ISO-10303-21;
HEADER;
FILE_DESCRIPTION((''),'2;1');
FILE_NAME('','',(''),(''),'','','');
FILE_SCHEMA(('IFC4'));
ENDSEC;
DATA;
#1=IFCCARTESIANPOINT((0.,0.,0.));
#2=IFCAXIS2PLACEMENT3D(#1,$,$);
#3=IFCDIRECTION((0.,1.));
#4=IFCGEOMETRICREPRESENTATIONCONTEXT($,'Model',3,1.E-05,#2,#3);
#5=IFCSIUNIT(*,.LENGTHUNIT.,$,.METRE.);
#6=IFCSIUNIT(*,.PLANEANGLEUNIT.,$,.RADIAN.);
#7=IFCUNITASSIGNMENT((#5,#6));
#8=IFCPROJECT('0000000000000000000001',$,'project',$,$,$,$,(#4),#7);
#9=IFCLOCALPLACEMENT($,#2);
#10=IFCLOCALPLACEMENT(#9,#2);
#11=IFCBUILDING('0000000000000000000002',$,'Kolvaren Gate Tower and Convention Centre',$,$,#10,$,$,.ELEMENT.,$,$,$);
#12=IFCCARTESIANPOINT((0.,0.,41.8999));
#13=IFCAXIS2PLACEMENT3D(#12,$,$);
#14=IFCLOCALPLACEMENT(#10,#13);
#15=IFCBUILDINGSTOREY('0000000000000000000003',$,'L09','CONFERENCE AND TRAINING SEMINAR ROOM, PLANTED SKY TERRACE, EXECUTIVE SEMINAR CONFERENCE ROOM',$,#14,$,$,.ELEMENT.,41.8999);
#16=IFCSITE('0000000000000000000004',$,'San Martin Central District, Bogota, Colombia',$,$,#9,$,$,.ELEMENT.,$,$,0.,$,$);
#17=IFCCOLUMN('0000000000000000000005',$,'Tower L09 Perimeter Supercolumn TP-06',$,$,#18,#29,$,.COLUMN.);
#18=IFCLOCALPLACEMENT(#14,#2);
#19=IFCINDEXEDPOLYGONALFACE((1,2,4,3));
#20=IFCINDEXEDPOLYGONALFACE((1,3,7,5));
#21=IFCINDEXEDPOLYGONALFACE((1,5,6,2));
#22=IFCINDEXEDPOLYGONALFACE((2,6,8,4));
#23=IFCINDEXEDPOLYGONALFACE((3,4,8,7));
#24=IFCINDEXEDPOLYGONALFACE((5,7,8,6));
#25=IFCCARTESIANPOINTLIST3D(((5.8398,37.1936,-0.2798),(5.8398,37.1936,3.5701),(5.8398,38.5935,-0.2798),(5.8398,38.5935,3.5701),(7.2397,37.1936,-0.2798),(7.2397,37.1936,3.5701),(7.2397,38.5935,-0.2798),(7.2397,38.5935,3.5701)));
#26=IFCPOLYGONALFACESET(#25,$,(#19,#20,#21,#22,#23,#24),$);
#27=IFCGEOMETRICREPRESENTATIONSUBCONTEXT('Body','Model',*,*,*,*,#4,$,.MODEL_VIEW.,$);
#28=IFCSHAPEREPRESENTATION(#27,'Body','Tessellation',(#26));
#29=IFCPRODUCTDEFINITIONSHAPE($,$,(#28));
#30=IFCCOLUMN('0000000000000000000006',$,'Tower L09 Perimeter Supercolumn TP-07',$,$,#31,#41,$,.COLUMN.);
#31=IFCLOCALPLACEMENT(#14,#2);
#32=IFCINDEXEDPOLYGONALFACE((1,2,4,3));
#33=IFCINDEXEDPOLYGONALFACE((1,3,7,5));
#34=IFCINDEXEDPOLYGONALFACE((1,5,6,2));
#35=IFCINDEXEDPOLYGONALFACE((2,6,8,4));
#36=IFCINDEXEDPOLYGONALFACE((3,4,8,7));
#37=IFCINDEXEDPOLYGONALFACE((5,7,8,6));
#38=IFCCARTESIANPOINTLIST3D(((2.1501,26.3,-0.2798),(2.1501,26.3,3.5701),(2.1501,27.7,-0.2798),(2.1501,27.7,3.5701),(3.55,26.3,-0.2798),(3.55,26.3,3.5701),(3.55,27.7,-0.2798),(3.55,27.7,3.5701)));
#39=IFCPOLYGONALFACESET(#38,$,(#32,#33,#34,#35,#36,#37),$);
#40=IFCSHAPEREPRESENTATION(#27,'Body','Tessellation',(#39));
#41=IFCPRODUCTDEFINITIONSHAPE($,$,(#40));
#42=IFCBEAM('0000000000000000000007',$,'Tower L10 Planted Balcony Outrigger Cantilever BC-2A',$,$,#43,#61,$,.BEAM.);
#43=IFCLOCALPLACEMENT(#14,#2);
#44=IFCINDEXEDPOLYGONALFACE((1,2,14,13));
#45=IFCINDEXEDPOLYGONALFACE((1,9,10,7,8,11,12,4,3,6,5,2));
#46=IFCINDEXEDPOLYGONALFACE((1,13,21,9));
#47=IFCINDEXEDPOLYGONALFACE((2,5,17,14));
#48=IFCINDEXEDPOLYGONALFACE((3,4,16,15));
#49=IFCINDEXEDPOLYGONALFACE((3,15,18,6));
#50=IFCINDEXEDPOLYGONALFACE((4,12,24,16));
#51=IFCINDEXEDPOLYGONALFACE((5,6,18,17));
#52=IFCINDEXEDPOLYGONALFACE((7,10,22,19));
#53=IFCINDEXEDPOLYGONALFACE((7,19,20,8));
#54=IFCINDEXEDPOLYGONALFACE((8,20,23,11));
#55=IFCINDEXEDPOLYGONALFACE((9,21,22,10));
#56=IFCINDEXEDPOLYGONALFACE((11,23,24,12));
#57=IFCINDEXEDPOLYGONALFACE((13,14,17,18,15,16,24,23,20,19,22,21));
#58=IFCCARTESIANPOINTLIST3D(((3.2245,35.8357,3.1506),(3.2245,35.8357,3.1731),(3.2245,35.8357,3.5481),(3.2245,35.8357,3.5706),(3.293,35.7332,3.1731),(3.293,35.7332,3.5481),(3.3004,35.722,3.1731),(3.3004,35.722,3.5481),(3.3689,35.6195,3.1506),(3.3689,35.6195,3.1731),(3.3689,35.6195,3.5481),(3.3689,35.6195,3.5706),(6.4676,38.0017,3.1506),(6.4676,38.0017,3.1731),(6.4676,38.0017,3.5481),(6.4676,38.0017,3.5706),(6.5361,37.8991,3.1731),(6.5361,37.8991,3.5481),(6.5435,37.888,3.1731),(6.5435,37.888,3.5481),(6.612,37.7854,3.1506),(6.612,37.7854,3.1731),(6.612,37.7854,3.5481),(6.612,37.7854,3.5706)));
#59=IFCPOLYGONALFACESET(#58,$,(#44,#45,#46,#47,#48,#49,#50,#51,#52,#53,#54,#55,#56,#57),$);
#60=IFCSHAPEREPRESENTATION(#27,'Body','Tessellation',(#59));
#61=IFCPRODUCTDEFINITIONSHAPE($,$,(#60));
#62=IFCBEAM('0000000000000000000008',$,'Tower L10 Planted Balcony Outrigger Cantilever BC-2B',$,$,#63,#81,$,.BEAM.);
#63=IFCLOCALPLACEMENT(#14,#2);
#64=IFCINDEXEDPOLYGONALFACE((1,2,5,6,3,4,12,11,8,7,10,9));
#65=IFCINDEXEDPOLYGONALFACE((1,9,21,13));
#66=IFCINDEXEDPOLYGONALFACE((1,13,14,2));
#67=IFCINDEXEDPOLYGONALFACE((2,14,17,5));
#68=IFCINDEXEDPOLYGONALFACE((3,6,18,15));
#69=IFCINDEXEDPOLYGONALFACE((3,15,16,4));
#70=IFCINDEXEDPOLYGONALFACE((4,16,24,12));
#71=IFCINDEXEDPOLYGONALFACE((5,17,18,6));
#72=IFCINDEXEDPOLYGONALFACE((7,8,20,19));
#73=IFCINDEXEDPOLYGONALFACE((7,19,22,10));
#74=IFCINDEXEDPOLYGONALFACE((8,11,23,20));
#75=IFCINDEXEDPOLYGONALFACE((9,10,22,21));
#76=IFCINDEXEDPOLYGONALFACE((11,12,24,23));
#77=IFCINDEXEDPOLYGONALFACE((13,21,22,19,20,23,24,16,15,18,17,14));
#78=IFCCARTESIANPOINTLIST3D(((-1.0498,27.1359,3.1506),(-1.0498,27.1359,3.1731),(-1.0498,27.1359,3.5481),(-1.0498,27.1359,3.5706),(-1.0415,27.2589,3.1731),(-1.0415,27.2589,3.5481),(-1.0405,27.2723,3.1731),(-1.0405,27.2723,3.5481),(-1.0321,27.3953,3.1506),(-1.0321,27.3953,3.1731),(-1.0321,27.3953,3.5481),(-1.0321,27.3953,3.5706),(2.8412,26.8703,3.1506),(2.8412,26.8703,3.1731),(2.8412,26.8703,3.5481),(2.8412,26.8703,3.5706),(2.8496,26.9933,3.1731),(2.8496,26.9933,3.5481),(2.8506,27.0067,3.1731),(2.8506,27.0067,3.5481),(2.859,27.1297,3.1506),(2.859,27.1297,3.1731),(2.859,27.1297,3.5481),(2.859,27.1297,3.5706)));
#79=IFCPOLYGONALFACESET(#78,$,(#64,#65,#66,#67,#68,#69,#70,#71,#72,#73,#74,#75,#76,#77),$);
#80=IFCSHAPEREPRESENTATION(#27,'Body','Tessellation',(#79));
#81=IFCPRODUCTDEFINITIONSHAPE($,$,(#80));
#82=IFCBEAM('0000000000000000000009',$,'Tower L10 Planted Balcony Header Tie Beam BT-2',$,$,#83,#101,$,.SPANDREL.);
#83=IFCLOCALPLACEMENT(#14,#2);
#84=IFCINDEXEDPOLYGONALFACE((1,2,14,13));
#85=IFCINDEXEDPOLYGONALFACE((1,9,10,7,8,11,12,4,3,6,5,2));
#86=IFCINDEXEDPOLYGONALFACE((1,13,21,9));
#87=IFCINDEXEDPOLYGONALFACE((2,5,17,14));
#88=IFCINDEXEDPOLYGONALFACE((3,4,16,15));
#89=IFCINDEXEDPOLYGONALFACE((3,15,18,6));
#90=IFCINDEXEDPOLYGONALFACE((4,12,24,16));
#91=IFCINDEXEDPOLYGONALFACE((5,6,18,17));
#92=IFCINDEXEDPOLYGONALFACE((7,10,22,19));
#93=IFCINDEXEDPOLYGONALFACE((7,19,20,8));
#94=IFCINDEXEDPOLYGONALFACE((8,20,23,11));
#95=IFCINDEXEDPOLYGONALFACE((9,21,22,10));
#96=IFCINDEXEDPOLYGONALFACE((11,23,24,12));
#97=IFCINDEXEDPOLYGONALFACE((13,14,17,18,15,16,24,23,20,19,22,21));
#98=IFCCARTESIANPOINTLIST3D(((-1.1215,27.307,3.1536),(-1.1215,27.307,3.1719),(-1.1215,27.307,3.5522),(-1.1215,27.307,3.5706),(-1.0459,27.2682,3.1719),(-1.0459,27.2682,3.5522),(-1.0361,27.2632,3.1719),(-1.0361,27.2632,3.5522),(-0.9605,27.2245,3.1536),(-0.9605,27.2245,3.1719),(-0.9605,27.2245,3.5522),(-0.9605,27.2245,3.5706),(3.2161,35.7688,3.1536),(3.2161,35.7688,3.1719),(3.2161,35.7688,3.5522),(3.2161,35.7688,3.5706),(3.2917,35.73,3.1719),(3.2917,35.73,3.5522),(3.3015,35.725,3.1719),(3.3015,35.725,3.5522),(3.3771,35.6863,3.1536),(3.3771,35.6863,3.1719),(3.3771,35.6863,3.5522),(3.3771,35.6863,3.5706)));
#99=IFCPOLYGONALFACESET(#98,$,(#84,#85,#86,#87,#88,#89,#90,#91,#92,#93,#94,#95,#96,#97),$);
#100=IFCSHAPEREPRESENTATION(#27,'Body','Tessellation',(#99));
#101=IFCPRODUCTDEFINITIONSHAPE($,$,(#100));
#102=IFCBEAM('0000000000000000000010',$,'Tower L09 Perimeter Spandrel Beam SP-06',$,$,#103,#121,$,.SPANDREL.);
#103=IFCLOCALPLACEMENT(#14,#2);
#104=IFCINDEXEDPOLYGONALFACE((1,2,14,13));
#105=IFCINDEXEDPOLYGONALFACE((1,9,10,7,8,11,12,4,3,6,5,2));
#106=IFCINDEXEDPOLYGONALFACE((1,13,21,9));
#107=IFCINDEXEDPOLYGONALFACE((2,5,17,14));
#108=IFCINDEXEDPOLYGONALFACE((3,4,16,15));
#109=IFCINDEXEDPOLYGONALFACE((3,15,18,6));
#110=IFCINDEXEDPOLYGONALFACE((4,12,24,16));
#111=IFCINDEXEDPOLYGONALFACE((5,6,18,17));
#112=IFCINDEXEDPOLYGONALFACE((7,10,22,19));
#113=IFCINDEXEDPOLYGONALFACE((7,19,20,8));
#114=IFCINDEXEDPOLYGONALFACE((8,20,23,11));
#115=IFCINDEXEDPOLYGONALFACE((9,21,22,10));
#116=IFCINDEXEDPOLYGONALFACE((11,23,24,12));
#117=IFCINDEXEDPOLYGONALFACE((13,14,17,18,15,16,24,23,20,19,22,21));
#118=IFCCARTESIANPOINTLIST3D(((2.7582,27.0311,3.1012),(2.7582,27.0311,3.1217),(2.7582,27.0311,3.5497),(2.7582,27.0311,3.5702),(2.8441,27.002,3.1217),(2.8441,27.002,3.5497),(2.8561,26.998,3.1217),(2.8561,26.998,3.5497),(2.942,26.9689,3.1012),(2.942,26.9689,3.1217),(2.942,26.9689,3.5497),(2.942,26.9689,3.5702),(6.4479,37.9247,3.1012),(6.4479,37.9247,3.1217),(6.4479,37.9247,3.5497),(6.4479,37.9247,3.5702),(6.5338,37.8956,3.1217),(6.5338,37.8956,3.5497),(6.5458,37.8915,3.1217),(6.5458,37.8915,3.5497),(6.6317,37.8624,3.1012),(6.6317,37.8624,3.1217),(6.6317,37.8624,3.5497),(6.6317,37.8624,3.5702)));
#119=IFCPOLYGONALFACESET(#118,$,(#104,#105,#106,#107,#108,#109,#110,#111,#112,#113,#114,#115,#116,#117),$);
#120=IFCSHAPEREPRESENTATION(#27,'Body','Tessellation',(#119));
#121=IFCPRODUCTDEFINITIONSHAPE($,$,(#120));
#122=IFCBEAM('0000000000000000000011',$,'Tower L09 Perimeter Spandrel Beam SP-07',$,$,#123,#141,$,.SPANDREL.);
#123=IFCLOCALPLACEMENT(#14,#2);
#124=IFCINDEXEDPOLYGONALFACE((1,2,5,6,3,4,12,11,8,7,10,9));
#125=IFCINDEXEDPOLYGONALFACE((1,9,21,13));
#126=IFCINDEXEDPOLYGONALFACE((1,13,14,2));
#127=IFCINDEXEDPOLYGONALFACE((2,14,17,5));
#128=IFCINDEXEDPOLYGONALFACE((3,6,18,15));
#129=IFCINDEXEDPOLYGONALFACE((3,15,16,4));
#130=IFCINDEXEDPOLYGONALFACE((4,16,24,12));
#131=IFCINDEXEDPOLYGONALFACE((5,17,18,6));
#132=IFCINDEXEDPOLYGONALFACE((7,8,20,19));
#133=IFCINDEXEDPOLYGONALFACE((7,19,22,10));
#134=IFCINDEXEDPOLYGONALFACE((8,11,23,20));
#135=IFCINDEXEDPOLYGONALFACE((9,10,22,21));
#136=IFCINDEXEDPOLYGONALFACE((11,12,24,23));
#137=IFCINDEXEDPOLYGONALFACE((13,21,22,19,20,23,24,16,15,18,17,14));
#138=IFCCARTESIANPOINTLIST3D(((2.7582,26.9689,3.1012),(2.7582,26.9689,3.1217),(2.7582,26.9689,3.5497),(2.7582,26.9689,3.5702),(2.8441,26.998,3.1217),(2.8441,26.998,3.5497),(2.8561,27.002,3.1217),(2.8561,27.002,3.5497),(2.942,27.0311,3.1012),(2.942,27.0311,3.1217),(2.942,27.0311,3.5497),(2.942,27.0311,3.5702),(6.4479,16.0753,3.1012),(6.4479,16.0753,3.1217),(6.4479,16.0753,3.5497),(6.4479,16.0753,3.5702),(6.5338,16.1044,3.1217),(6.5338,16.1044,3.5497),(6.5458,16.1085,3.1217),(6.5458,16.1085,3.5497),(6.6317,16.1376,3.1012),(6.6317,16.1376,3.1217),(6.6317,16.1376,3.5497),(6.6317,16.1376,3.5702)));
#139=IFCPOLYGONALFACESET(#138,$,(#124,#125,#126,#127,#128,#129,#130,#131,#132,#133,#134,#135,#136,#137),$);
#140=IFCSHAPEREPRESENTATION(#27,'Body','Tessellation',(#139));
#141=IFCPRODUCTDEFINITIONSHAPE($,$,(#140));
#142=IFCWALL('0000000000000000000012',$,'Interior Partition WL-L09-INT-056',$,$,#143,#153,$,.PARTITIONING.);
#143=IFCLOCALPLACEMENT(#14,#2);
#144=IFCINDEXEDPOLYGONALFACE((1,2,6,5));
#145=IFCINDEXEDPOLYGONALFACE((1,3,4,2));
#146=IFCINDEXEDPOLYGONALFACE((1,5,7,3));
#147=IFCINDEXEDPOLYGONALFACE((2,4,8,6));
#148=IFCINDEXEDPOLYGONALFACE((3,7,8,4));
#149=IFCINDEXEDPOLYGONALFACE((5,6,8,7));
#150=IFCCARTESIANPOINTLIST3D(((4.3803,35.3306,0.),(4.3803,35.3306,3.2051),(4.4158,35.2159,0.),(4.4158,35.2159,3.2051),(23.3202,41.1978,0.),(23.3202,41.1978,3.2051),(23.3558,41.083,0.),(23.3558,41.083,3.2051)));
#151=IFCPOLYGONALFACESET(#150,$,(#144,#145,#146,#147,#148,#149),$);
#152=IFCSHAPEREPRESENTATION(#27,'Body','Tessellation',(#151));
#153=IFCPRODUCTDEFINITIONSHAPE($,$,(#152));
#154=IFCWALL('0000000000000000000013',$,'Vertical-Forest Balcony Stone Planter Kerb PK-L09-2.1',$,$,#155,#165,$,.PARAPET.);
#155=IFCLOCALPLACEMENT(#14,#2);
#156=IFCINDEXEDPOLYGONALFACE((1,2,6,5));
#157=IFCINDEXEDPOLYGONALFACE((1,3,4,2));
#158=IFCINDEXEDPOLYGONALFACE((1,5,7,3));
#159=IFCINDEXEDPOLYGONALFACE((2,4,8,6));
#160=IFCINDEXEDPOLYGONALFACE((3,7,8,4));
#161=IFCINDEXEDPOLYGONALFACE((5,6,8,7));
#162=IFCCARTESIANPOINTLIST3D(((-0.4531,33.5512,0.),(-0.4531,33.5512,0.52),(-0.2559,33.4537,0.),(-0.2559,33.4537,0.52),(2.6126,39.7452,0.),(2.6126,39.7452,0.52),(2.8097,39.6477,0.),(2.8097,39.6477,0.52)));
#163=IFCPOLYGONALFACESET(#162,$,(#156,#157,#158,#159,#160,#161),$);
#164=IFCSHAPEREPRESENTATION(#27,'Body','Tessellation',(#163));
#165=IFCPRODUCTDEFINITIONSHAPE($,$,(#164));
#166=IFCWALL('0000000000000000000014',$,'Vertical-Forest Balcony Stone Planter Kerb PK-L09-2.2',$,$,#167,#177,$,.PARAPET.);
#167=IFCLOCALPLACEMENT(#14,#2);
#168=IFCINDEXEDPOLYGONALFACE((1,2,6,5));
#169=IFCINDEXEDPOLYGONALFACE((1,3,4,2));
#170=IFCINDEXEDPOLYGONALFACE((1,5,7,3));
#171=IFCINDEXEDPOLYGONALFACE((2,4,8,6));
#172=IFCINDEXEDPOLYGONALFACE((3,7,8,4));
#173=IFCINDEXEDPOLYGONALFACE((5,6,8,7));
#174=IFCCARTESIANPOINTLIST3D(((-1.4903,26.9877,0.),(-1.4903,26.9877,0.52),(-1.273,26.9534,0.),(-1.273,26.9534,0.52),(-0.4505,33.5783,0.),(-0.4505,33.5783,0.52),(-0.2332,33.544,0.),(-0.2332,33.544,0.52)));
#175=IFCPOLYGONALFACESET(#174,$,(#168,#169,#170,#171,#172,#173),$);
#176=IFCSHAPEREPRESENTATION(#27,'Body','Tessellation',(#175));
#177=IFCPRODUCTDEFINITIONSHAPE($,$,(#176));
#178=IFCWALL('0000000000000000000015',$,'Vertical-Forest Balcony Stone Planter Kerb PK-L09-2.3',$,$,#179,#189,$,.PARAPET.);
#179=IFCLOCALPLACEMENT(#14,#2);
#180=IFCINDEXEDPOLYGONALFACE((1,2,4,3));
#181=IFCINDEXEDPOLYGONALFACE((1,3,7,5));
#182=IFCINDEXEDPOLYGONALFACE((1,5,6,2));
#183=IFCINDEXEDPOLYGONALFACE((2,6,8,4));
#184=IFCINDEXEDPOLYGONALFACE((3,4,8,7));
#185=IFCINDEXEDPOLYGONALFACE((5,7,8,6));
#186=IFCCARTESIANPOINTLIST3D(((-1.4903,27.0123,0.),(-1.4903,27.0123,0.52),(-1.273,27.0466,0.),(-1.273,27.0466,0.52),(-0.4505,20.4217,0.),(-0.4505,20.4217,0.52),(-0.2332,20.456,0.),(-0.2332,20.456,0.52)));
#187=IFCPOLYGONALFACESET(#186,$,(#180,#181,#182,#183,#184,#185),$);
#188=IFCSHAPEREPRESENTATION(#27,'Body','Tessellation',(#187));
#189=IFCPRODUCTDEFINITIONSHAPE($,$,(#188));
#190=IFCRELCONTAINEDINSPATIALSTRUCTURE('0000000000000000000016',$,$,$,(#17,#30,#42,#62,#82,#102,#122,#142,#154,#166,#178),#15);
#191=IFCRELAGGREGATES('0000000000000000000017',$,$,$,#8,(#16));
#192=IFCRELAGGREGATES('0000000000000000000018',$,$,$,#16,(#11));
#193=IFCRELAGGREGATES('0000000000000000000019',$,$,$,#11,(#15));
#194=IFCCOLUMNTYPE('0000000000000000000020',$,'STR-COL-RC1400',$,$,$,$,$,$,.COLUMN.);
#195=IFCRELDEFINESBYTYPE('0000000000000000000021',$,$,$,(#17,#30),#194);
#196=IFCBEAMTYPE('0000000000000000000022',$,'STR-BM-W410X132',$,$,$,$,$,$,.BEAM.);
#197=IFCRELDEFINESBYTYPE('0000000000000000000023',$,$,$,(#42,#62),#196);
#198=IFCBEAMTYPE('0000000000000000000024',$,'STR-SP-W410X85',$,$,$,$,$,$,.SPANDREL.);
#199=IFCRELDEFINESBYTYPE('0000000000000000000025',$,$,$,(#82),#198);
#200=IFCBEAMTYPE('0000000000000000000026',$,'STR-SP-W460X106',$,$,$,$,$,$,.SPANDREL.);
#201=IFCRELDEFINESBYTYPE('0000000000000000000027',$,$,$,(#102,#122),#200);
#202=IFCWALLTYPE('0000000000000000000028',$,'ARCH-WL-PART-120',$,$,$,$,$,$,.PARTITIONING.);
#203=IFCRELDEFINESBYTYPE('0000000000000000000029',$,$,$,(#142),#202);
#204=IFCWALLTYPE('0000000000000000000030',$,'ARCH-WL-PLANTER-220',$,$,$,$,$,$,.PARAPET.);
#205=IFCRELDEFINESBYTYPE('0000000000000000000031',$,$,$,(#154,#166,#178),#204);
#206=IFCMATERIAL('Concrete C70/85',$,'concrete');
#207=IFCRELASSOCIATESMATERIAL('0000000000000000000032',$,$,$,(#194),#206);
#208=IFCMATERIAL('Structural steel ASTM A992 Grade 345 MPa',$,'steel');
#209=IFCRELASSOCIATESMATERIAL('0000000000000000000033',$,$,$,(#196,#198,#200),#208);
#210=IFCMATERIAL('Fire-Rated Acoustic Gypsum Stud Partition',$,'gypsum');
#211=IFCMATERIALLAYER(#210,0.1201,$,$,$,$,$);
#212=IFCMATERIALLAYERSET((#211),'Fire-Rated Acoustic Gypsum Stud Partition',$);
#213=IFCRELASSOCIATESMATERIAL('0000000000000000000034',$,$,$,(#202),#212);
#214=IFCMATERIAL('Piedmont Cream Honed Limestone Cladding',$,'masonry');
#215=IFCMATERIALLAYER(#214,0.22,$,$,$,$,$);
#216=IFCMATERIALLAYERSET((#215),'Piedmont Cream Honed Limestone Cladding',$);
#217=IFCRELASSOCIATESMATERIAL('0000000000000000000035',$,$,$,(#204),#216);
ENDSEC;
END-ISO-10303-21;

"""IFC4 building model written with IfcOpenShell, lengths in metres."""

from ifc_helpers import new_model, si_unit, direction, frame, frame_2d, origin, origin_2d, place, context, subcontext, project, spatial, rectangle, i_section, extrude, material, layer, layer_set, material_profile, profile_set, type_object, element, save


model = new_model("IFC4")

# Units and contexts
model_context = context("Model", 3, precision=1e-05, world=origin(), true_north=direction((0.0, 1.0)))
body_context = subcontext(model_context, "Body", "Model", "MODEL_VIEW")
ifc_project = project(units=[si_unit("LENGTHUNIT", "METRE"), si_unit("PLANEANGLEUNIT", "RADIAN")], contexts=[model_context])

# Site, building, storey
site_placement = place(None, origin())
site = spatial("IfcSite", under=ifc_project, at=site_placement, Name="San Martin Central District, Bogota, Colombia", CompositionType="ELEMENT", RefElevation=0.0)
building_placement = place(site_placement, origin())
building = spatial("IfcBuilding", under=site, at=building_placement, Name="Kolvaren Gate Tower and Convention Centre", CompositionType="ELEMENT")
storey_placement = place(building_placement, frame((0.0, 0.0, 41.8999)))
storey = spatial("IfcBuildingStorey", under=building, at=storey_placement, Name="L09", Description="CONFERENCE AND TRAINING SEMINAR ROOM, PLANTED SKY TERRACE, EXECUTIVE SEMINAR CONFERENCE ROOM", CompositionType="ELEMENT", Elevation=41.8999)

# Columns
ifc_material_1 = material(Name="Concrete C70/85", Category="concrete")
ifc_material_profile_1 = material_profile(ifc_material_1, rectangle(XDim=1.3999, YDim=1.3999, at=origin_2d()), Name="RC-COL-1400X1400")
ifc_profile_set_1 = profile_set([ifc_material_profile_1], Name="Concrete C70/85")
column_type = type_object("IfcColumnType", Name="STR-COL-RC1400", PredefinedType="COLUMN", material=ifc_profile_set_1)
for number, where, z_axis, x_axis, name in (
    (1, (6.5398, 37.8936, -0.2798), (0.0, 0.0, 1.0), (1.0, 0.0, 0.0), "Tower L09 Perimeter Supercolumn TP-06"),
    (2, (2.8501, 27.0, -0.2798), (0.0, 0.0, 1.0), (1.0, 0.0, 0.0), "Tower L09 Perimeter Supercolumn TP-07"),
):
    element("IfcColumn", number, at=place(storey_placement, frame(where, z_axis=z_axis, x_axis=x_axis)), inside=storey, type_object=column_type, Name=name, PredefinedType="COLUMN", context=body_context, shape_type="SweptSolid", body=[
        extrude(rectangle(XDim=1.3999, YDim=1.3999, at=origin_2d()), origin(), (0.0, 0.0, 1.0), 3.8499),
    ])

# Beams
ifc_material_2 = material(Name="Structural steel ASTM A992 Grade 345 MPa", Category="steel")
ifc_material_profile_2 = material_profile(ifc_material_2, i_section(OverallWidth=0.26, OverallDepth=0.4199, WebThickness=0.0134, FlangeThickness=0.0225, at=origin_2d()), Name="W410X132")
ifc_profile_set_2 = profile_set([ifc_material_profile_2], Name="Structural steel ASTM A992 Grade 345 MPa")
beam_type_1 = type_object("IfcBeamType", Name="STR-BM-W410X132", PredefinedType="BEAM", material=ifc_profile_set_2)
beam_1_placement = place(storey_placement, frame((6.5398, 37.8936, 3.3606), z_axis=(-0.831588, -0.555393, 0.0), x_axis=(0.555393, -0.831588, 0.0)))
element("IfcBeam", 3, at=beam_1_placement, inside=storey, type_object=beam_type_1, Name="Tower L10 Planted Balcony Outrigger Cantilever BC-2A", PredefinedType="BEAM", context=body_context, shape_type="SweptSolid", body=[
    extrude(i_section(OverallWidth=0.26, OverallDepth=0.4199, WebThickness=0.0134, FlangeThickness=0.0225, at=origin_2d()), origin(), (0.0, 0.0, 1.0), 3.8999),
])
beam_2_placement = place(storey_placement, frame((2.8501, 27.0, 3.3606), z_axis=(-0.997678, 0.068106, 0.0), x_axis=(-0.068106, -0.997678, 0.0)))
element("IfcBeam", 4, at=beam_2_placement, inside=storey, type_object=beam_type_1, Name="Tower L10 Planted Balcony Outrigger Cantilever BC-2B", PredefinedType="BEAM", context=body_context, shape_type="SweptSolid", body=[
    extrude(i_section(OverallWidth=0.26, OverallDepth=0.4199, WebThickness=0.0134, FlangeThickness=0.0225, at=origin_2d()), origin(), (0.0, 0.0, 1.0), 3.9001),
])
ifc_material_profile_3 = material_profile(ifc_material_2, i_section(OverallWidth=0.1809, OverallDepth=0.417, WebThickness=0.011, FlangeThickness=0.0183, at=origin_2d()), Name="W410X85")
ifc_profile_set_3 = profile_set([ifc_material_profile_3], Name="Structural steel ASTM A992 Grade 345 MPa")
beam_type_2 = type_object("IfcBeamType", Name="STR-SP-W410X85", PredefinedType="SPANDREL", material=ifc_profile_set_3)
beam_3_placement = place(storey_placement, frame((3.2966, 35.7275, 3.3621), z_axis=(-0.456167, -0.889894, 0.0), x_axis=(0.889894, -0.456167, 0.0)))
element("IfcBeam", 5, at=beam_3_placement, inside=storey, type_object=beam_type_2, Name="Tower L10 Planted Balcony Header Tie Beam BT-2", PredefinedType="SPANDREL", context=body_context, shape_type="SweptSolid", body=[
    extrude(i_section(OverallWidth=0.1809, OverallDepth=0.417, WebThickness=0.011, FlangeThickness=0.0183, at=origin_2d()), origin(), (0.0, 0.0, 1.0), 9.5088),
])
ifc_material_profile_4 = material_profile(ifc_material_2, i_section(OverallWidth=0.1941, OverallDepth=0.469, WebThickness=0.0127, FlangeThickness=0.0205, at=origin_2d()), Name="W460X106")
ifc_profile_set_4 = profile_set([ifc_material_profile_4], Name="Structural steel ASTM A992 Grade 345 MPa")
beam_type_3 = type_object("IfcBeamType", Name="STR-SP-W460X106", PredefinedType="SPANDREL", material=ifc_profile_set_4)
for number, where, z_axis, x_axis, name in (
    (6, (6.5398, 37.8936, 3.3357), (-0.320803, -0.947146, 0.0), (0.947146, -0.320803, 0.0), "Tower L09 Perimeter Spandrel Beam SP-06"),
    (7, (2.8501, 27.0, 3.3357), (0.320803, -0.947146, 0.0), (0.947146, 0.320803, 0.0), "Tower L09 Perimeter Spandrel Beam SP-07"),
):
    element("IfcBeam", number, at=place(storey_placement, frame(where, z_axis=z_axis, x_axis=x_axis)), inside=storey, type_object=beam_type_3, Name=name, PredefinedType="SPANDREL", context=body_context, shape_type="SweptSolid", body=[
        extrude(i_section(OverallWidth=0.1941, OverallDepth=0.469, WebThickness=0.0127, FlangeThickness=0.0205, at=origin_2d()), origin(), (0.0, 0.0, 1.0), 11.5015),
    ])

# Walls
ifc_material_3 = material(Name="Fire-Rated Acoustic Gypsum Stud Partition", Category="gypsum")
ifc_layer_1 = layer(ifc_material_3, 0.1201)
ifc_layer_set_1 = layer_set([ifc_layer_1], Name="Fire-Rated Acoustic Gypsum Stud Partition")
wall_type_1 = type_object("IfcWallType", Name="ARCH-WL-PART-120", PredefinedType="PARTITIONING", material=ifc_layer_set_1)
wall_1_placement = place(storey_placement, frame((4.3979, 35.2732, 0.0), z_axis=(0.0, 0.0, 1.0), x_axis=(0.955217, 0.295906, 0.0)))
element("IfcWall", 8, at=wall_1_placement, inside=storey, type_object=wall_type_1, Name="Interior Partition WL-L09-INT-056", PredefinedType="PARTITIONING", context=body_context, shape_type="SweptSolid", body=[
    extrude(rectangle(XDim=19.8279, YDim=0.1201, at=frame_2d((9.9141, 0.0))), origin(), (0.0, 0.0, 1.0), 3.2051),
])
ifc_material_4 = material(Name="Piedmont Cream Honed Limestone Cladding", Category="masonry")
ifc_layer_2 = layer(ifc_material_4, 0.22)
ifc_layer_set_2 = layer_set([ifc_layer_2], Name="Piedmont Cream Honed Limestone Cladding")
wall_type_2 = type_object("IfcWallType", Name="ARCH-WL-PLANTER-220", PredefinedType="PARAPET", material=ifc_layer_set_2)
wall_2_placement = place(storey_placement, frame((-0.3545, 33.5024, 0.0), z_axis=(0.0, 0.0, 1.0), x_axis=(0.443578, 0.896236, 0.0)))
element("IfcWall", 9, at=wall_2_placement, inside=storey, type_object=wall_type_2, Name="Vertical-Forest Balcony Stone Planter Kerb PK-L09-2.1", PredefinedType="PARAPET", context=body_context, shape_type="SweptSolid", body=[
    extrude(rectangle(XDim=6.9111, YDim=0.22, at=frame_2d((3.4556, 0.0))), origin(), (0.0, 0.0, 1.0), 0.52),
])
for number, where, z_axis, x_axis, name in (
    (10, (-1.3816, 26.9707, 0.0), (0.0, 0.0, 1.0), (0.155842, 0.987782, 0.0), "Vertical-Forest Balcony Stone Planter Kerb PK-L09-2.2"),
    (11, (-1.3816, 27.0293, 0.0), (0.0, 0.0, 1.0), (0.155842, -0.987782, 0.0), "Vertical-Forest Balcony Stone Planter Kerb PK-L09-2.3"),
):
    element("IfcWall", number, at=place(storey_placement, frame(where, z_axis=z_axis, x_axis=x_axis)), inside=storey, type_object=wall_type_2, Name=name, PredefinedType="PARAPET", context=body_context, shape_type="SweptSolid", body=[
        extrude(rectangle(XDim=6.6721, YDim=0.22, at=frame_2d((3.3359, 0.0))), origin(), (0.0, 0.0, 1.0), 0.52),
    ])

save(model, "model.ifc")
